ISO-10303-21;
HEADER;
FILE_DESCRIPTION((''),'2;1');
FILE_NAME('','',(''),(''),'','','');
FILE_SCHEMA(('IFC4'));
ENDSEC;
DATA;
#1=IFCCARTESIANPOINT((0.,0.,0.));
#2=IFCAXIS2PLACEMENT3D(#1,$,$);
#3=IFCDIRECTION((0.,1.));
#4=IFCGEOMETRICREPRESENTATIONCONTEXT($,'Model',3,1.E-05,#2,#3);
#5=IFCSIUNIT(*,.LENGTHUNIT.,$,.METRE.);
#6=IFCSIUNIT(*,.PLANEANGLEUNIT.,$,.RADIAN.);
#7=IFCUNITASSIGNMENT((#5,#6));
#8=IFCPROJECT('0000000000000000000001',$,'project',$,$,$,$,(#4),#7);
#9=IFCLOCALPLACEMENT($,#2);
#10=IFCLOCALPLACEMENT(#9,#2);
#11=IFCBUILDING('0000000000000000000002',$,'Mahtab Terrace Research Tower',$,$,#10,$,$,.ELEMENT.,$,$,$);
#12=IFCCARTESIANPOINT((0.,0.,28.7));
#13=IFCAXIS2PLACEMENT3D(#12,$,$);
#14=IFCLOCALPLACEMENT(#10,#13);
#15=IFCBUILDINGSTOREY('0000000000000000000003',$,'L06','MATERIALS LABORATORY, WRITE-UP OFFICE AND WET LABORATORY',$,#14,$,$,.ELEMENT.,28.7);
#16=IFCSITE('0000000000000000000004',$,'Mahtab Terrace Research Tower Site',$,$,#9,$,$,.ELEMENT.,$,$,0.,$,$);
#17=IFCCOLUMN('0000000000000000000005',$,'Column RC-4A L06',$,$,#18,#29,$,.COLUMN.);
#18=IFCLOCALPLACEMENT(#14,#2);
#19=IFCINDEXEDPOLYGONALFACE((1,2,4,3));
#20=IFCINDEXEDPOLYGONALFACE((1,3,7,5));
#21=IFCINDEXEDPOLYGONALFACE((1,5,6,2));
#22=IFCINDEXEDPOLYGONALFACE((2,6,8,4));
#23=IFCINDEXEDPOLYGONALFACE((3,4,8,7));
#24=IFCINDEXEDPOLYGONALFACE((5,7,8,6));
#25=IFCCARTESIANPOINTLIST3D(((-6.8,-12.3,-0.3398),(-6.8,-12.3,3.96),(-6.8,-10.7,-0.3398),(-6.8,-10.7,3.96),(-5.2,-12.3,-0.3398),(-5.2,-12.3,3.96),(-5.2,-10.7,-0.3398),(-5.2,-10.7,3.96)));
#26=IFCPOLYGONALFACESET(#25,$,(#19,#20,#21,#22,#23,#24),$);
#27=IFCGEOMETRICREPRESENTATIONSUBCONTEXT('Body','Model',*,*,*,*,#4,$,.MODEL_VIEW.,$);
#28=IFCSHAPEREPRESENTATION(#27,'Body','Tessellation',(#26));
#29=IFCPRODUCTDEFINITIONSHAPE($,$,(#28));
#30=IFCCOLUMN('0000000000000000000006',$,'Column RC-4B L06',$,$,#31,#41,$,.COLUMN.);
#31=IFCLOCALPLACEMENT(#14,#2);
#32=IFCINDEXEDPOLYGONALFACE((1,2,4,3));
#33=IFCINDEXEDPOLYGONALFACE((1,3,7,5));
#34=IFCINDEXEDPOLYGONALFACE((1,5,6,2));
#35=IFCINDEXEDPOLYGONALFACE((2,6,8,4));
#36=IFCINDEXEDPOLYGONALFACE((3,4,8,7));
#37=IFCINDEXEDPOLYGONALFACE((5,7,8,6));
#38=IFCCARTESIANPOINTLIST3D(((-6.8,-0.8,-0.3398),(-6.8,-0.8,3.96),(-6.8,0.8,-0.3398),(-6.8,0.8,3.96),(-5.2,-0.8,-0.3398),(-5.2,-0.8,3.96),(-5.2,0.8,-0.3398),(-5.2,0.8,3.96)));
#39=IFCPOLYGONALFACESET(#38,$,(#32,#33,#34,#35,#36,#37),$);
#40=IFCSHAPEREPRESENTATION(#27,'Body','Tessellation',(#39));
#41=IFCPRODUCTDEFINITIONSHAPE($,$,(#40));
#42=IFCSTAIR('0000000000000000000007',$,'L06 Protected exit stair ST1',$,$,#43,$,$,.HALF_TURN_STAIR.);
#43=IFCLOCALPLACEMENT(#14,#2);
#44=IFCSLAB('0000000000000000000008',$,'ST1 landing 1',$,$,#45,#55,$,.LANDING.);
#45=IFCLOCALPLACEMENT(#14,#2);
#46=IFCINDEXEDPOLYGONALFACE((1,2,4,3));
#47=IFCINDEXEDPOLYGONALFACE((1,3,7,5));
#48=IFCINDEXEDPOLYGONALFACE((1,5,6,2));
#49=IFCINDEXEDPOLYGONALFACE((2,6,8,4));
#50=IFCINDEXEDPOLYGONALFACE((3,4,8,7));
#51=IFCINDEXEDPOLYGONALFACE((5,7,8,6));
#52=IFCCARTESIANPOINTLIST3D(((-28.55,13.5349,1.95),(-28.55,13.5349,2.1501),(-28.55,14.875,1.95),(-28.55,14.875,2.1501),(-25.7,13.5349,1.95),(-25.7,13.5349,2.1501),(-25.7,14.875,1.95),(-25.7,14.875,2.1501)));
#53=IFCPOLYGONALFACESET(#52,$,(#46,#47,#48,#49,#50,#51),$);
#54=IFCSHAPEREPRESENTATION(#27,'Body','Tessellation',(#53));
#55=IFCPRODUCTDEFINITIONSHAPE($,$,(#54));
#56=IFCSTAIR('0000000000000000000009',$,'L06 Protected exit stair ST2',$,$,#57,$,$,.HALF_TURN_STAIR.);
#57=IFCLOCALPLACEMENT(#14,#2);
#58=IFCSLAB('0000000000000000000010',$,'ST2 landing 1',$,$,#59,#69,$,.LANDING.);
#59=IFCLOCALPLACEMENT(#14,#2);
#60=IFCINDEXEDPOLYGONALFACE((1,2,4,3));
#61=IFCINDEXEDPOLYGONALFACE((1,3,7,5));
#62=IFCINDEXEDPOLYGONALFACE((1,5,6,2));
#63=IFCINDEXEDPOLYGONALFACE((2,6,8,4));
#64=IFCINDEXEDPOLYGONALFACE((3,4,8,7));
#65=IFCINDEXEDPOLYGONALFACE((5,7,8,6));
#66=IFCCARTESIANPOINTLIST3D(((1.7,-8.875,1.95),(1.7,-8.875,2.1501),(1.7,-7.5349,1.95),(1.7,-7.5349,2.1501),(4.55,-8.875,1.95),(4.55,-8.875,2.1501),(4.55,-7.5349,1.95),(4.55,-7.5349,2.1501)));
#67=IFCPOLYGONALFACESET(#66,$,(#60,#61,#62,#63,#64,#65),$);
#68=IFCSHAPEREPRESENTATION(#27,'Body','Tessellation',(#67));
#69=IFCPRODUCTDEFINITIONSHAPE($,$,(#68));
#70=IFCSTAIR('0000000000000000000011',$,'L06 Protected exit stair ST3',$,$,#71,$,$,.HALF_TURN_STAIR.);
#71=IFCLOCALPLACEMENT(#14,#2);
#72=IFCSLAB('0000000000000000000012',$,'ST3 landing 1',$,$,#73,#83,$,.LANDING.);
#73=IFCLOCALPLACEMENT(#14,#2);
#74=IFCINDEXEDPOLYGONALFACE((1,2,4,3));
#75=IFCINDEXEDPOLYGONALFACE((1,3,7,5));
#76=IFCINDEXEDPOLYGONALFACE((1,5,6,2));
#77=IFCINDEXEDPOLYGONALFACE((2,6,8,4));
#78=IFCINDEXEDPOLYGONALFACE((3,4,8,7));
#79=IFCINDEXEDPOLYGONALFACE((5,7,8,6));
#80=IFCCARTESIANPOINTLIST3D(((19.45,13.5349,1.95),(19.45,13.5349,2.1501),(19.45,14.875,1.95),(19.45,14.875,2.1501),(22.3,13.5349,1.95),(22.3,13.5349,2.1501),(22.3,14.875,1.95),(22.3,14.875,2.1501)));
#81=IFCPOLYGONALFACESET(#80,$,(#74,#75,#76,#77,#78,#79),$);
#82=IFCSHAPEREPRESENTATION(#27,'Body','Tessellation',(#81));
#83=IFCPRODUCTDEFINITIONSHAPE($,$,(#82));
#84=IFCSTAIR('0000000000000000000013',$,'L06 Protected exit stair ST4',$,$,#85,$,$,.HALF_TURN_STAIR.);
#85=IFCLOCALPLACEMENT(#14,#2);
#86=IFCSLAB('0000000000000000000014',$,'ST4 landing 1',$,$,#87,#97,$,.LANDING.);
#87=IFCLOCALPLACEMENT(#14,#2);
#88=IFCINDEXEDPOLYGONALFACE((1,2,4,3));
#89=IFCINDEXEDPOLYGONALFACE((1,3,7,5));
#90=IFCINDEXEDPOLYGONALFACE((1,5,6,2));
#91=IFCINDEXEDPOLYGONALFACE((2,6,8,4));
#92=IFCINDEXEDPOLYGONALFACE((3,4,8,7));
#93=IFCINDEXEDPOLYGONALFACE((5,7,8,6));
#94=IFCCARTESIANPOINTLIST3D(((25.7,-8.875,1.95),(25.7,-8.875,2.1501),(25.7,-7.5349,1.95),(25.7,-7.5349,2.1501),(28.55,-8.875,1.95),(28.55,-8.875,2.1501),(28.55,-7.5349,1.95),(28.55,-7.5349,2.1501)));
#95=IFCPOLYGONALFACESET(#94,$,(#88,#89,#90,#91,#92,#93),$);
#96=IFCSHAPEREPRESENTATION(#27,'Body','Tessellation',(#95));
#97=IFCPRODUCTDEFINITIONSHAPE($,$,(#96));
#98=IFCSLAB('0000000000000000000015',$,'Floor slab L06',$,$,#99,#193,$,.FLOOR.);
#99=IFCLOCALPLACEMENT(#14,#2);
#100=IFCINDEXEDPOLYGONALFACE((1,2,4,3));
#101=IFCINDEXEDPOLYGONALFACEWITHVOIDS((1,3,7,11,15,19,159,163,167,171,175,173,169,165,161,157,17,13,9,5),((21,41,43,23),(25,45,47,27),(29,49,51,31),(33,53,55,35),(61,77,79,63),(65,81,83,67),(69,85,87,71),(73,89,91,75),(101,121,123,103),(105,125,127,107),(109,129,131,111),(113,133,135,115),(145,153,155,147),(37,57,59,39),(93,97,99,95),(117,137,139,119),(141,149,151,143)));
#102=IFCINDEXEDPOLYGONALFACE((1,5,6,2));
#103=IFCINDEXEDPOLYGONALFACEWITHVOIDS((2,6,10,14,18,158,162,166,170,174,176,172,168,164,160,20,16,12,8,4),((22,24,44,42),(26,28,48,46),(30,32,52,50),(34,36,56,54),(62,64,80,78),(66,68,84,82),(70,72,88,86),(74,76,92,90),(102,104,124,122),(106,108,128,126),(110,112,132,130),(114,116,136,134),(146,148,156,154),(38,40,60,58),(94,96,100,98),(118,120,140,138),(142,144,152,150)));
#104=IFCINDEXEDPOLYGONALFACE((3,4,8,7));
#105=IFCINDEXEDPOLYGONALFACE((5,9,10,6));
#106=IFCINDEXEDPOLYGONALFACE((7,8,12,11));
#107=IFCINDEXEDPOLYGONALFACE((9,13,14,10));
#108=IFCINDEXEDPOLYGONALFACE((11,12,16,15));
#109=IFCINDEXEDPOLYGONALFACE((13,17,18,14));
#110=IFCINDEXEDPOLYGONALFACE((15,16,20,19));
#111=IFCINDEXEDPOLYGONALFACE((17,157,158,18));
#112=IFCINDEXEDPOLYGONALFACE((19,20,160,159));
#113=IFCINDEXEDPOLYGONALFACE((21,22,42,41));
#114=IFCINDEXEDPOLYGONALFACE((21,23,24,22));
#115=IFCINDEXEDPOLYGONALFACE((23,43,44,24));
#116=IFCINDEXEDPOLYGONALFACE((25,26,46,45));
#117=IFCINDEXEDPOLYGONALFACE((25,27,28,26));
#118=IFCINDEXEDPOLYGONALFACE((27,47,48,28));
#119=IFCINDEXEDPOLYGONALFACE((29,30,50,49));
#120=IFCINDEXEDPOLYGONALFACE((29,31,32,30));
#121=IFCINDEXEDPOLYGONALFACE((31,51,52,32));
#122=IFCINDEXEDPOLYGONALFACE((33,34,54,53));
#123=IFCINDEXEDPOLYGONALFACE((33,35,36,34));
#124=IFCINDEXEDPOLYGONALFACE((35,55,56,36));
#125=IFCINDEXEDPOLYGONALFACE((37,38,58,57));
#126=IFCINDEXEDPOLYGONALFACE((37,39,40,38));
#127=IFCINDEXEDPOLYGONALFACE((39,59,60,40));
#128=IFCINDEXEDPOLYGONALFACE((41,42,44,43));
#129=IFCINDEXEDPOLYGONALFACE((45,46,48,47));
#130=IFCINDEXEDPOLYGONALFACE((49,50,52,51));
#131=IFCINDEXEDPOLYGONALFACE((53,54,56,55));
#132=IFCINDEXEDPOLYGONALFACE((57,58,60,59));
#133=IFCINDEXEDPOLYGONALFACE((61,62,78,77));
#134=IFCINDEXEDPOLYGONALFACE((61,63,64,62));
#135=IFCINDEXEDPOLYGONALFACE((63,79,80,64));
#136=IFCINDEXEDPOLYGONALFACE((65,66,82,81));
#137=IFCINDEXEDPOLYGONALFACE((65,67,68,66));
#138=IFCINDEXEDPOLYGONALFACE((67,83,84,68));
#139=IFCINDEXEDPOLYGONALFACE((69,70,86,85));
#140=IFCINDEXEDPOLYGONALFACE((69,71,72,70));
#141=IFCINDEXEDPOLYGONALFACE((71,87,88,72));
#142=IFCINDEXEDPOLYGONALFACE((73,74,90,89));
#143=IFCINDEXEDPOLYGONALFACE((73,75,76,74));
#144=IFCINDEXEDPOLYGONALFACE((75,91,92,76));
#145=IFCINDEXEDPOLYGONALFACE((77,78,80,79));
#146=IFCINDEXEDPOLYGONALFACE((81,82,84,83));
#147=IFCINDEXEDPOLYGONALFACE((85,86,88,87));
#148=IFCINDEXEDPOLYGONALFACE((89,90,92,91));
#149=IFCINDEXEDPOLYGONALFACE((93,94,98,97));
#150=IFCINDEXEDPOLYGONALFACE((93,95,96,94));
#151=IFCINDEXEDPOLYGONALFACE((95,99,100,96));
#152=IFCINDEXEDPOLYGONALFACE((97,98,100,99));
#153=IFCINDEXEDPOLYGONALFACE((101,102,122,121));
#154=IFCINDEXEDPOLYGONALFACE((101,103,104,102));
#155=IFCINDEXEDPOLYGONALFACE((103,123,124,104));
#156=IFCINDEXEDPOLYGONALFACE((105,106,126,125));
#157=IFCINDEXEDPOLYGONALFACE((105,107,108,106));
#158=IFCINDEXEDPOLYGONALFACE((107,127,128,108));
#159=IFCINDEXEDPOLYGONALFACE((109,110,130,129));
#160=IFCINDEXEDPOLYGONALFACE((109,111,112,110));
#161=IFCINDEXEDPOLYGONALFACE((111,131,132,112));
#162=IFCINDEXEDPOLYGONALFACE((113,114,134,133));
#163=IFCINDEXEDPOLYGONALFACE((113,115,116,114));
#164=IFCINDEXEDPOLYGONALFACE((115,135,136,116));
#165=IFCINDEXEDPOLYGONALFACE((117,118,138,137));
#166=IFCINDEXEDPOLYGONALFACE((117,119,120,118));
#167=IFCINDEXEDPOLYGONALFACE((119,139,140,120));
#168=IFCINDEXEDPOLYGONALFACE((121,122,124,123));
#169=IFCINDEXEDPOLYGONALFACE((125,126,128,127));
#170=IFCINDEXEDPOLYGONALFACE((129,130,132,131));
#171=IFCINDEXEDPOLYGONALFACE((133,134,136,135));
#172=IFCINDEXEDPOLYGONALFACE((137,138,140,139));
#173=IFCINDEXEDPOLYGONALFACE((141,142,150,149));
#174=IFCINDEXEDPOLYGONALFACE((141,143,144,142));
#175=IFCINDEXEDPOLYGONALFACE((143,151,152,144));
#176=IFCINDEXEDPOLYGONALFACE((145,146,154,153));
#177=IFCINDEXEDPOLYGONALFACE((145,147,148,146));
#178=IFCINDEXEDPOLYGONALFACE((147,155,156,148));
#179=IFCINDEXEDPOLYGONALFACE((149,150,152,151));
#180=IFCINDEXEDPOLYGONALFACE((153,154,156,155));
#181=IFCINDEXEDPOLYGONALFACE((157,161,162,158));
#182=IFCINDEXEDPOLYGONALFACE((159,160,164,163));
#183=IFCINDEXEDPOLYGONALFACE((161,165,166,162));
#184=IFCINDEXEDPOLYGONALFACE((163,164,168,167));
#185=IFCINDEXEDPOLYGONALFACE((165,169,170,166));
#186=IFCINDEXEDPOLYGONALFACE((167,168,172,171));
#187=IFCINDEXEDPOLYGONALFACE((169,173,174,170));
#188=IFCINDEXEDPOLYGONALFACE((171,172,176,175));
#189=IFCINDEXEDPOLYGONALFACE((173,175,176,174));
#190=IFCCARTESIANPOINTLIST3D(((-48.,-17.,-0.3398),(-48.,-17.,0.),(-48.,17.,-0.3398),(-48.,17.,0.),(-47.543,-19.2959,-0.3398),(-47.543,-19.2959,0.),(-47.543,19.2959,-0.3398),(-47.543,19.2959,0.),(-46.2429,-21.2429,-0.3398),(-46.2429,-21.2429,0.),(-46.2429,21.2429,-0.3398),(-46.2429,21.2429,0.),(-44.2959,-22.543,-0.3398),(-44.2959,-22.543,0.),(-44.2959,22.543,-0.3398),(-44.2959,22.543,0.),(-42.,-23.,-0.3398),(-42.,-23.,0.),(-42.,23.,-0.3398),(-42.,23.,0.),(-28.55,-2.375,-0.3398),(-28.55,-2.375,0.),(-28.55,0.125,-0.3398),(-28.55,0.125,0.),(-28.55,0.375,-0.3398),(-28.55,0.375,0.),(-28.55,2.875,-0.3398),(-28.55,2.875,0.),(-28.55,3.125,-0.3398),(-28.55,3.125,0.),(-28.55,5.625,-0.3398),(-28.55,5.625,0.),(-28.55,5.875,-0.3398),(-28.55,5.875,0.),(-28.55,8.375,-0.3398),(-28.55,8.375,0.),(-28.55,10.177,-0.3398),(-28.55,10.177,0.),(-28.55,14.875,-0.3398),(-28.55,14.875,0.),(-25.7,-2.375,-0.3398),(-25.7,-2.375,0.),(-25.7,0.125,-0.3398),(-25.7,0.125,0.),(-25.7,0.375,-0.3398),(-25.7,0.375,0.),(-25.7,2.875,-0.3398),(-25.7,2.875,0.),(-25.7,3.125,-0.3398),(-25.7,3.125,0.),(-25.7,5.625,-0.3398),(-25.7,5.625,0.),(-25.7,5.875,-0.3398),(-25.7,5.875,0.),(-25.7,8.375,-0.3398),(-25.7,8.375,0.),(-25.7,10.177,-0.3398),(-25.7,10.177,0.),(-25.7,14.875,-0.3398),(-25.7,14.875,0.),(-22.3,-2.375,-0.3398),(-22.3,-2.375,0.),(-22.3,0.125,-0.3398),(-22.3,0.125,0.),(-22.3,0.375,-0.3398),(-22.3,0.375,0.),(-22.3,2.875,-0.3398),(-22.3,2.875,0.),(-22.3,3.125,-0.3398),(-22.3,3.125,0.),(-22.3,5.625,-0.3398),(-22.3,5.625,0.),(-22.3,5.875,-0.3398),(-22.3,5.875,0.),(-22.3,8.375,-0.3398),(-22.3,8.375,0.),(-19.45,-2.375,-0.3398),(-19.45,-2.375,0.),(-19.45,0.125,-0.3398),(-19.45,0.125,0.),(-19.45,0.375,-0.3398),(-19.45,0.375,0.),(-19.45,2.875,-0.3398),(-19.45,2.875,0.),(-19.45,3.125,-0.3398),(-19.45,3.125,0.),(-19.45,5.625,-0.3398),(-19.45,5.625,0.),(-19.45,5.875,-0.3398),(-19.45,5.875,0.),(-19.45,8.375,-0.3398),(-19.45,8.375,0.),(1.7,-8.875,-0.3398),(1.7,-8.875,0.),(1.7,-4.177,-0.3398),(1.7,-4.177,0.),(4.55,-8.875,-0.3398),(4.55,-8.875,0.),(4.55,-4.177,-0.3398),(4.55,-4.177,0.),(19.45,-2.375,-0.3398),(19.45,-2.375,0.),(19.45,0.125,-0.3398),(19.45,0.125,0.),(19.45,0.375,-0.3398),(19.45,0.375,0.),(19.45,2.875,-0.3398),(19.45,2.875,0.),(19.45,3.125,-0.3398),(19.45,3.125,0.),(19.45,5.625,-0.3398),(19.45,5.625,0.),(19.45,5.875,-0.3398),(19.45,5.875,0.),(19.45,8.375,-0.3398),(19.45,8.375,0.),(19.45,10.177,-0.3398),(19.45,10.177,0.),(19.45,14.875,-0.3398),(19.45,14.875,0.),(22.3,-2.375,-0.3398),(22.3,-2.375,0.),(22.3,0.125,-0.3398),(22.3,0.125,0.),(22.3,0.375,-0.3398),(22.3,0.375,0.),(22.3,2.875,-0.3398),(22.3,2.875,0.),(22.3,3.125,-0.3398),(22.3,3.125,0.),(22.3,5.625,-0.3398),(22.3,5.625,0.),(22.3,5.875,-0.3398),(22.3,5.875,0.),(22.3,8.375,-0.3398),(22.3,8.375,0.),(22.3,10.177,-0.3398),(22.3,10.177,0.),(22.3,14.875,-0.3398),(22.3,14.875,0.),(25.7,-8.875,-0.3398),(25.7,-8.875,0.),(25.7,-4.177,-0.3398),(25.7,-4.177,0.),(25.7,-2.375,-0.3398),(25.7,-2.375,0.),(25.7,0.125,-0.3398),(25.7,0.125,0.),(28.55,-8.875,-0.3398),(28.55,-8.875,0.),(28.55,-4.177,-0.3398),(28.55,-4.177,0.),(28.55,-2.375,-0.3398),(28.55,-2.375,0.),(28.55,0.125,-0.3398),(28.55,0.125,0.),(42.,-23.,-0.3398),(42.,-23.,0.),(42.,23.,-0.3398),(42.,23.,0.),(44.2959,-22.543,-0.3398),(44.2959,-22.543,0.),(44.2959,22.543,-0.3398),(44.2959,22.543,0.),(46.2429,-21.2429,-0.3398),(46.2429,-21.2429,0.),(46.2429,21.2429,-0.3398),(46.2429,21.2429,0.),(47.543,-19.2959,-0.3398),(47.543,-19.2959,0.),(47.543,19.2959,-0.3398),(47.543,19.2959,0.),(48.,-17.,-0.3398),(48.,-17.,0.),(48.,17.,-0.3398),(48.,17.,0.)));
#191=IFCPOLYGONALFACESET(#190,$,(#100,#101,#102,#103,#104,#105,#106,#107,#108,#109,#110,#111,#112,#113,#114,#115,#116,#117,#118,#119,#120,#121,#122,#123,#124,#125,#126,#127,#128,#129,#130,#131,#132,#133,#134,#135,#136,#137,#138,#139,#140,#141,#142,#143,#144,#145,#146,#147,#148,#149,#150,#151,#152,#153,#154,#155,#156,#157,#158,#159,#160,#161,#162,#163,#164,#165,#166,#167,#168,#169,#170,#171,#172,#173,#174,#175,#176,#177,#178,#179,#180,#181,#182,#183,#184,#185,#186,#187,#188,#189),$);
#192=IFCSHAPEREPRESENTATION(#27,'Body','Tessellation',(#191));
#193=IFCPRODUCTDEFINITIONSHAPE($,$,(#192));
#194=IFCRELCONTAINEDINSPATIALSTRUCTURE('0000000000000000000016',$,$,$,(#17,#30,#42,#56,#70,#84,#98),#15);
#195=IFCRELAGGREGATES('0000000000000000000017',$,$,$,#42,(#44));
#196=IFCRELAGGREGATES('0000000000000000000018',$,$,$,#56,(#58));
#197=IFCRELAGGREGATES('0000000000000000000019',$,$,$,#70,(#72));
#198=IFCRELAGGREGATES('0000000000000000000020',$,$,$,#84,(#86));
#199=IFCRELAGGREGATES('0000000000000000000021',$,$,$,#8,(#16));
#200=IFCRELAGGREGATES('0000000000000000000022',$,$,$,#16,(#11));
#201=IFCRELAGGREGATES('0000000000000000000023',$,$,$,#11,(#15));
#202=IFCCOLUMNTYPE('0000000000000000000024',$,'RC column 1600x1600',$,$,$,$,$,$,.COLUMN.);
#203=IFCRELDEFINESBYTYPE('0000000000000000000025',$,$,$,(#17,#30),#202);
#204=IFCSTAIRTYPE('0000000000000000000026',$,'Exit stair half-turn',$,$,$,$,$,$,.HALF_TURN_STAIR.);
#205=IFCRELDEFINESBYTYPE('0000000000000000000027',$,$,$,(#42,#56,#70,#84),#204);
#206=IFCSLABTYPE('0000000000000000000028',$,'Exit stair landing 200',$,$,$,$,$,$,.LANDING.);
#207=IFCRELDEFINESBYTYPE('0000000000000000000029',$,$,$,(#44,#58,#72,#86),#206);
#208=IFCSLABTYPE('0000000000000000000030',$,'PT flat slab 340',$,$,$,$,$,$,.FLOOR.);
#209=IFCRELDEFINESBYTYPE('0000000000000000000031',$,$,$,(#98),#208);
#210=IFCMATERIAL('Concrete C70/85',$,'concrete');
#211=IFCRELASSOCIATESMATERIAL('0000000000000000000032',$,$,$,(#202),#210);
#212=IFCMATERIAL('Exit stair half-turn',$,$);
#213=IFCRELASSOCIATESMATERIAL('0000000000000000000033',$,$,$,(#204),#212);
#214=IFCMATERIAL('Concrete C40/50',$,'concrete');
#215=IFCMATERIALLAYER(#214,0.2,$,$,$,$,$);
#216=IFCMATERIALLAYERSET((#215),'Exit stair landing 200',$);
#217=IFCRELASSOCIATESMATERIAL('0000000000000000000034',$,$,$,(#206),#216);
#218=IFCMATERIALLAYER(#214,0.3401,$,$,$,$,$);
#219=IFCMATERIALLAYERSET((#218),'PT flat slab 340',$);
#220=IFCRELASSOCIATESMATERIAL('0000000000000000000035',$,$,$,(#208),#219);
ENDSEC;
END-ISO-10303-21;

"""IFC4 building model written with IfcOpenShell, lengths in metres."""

from ifc_helpers import new_model, si_unit, direction, frame, origin, origin_2d, place, context, subcontext, project, spatial, polyline, rectangle, outline, extrude, material, layer, layer_set, material_profile, profile_set, type_object, element, aggregate, save


model = new_model("IFC4")

# Units and contexts
model_context = context("Model", 3, precision=1e-05, world=origin(), true_north=direction((0.0, 1.0)))
body_context = subcontext(model_context, "Body", "Model", "MODEL_VIEW")
ifc_project = project(units=[si_unit("LENGTHUNIT", "METRE"), si_unit("PLANEANGLEUNIT", "RADIAN")], contexts=[model_context])

# Site, building, storey
site_placement = place(None, origin())
site = spatial("IfcSite", under=ifc_project, at=site_placement, Name="Mahtab Terrace Research Tower Site", CompositionType="ELEMENT", RefElevation=0.0)
building_placement = place(site_placement, origin())
building = spatial("IfcBuilding", under=site, at=building_placement, Name="Mahtab Terrace Research Tower", CompositionType="ELEMENT")
storey_placement = place(building_placement, frame((0.0, 0.0, 28.7)))
storey = spatial("IfcBuildingStorey", under=building, at=storey_placement, Name="L06", Description="MATERIALS LABORATORY, WRITE-UP OFFICE AND WET LABORATORY", CompositionType="ELEMENT", Elevation=28.7)

# Columns
ifc_material_1 = material(Name="Concrete C70/85", Category="concrete")
ifc_material_profile = material_profile(ifc_material_1, rectangle(XDim=1.6001, YDim=1.6001, at=origin_2d()), Name="RC column 1600x1600")
ifc_profile_set = profile_set([ifc_material_profile], Name="Concrete C70/85")
column_type = type_object("IfcColumnType", Name="RC column 1600x1600", PredefinedType="COLUMN", material=ifc_profile_set)
for number, where, z_axis, x_axis, name in (
    (1, (-6.0, -11.5, -0.3398), (0.0, 0.0, 1.0), (1.0, 0.0, 0.0), "Column RC-4A L06"),
    (2, (-6.0, 0.0, -0.3398), (0.0, 0.0, 1.0), (1.0, 0.0, 0.0), "Column RC-4B L06"),
):
    element("IfcColumn", number, at=place(storey_placement, frame(where, z_axis=z_axis, x_axis=x_axis)), inside=storey, type_object=column_type, Name=name, PredefinedType="COLUMN", context=body_context, shape_type="SweptSolid", body=[
        extrude(rectangle(XDim=1.6001, YDim=1.6001, at=origin_2d()), origin(), (0.0, 0.0, 1.0), 4.2998),
    ])

# Stairs, slabs
ifc_material_2 = material(Name="Exit stair half-turn")
stair_type = type_object("IfcStairType", Name="Exit stair half-turn", PredefinedType="HALF_TURN_STAIR", material=ifc_material_2)
stair_1_placement = place(storey_placement, origin())
stair_1 = element("IfcStair", 3, at=stair_1_placement, inside=storey, type_object=stair_type, Name="L06 Protected exit stair ST1", PredefinedType="HALF_TURN_STAIR")
ifc_material_3 = material(Name="Concrete C40/50", Category="concrete")
ifc_layer_1 = layer(ifc_material_3, 0.2)
ifc_layer_set_1 = layer_set([ifc_layer_1], Name="Exit stair landing 200")
slab_type_1 = type_object("IfcSlabType", Name="Exit stair landing 200", PredefinedType="LANDING", material=ifc_layer_set_1)
slab_1_placement = place(storey_placement, frame((0.0, 0.0, 1.95)))
slab_1 = element("IfcSlab", 4, at=slab_1_placement, type_object=slab_type_1, Name="ST1 landing 1", PredefinedType="LANDING", context=body_context, shape_type="SweptSolid", body=[
    extrude(outline(polyline([(-25.7, 13.5349), (-25.7, 14.875), (-28.55, 14.875), (-28.55, 13.5349), (-25.7, 13.5349)])), origin(), (0.0, 0.0, 1.0), 0.2002),
])
aggregate(stair_1, [slab_1])
stair_2_placement = place(storey_placement, origin())
stair_2 = element("IfcStair", 5, at=stair_2_placement, inside=storey, type_object=stair_type, Name="L06 Protected exit stair ST2", PredefinedType="HALF_TURN_STAIR")
slab_2_placement = place(storey_placement, frame((0.0, 0.0, 1.95)))
slab_2 = element("IfcSlab", 6, at=slab_2_placement, type_object=slab_type_1, Name="ST2 landing 1", PredefinedType="LANDING", context=body_context, shape_type="SweptSolid", body=[
    extrude(outline(polyline([(1.7, -7.5349), (1.7, -8.875), (4.55, -8.875), (4.55, -7.5349), (1.7, -7.5349)])), origin(), (0.0, 0.0, 1.0), 0.2002),
])
aggregate(stair_2, [slab_2])
stair_3_placement = place(storey_placement, origin())
stair_3 = element("IfcStair", 7, at=stair_3_placement, inside=storey, type_object=stair_type, Name="L06 Protected exit stair ST3", PredefinedType="HALF_TURN_STAIR")
slab_3_placement = place(storey_placement, frame((0.0, 0.0, 1.95)))
slab_3 = element("IfcSlab", 8, at=slab_3_placement, type_object=slab_type_1, Name="ST3 landing 1", PredefinedType="LANDING", context=body_context, shape_type="SweptSolid", body=[
    extrude(outline(polyline([(22.3, 13.5349), (22.3, 14.875), (19.45, 14.875), (19.45, 13.5349), (22.3, 13.5349)])), origin(), (0.0, 0.0, 1.0), 0.2002),
])
aggregate(stair_3, [slab_3])
stair_4_placement = place(storey_placement, origin())
stair_4 = element("IfcStair", 9, at=stair_4_placement, inside=storey, type_object=stair_type, Name="L06 Protected exit stair ST4", PredefinedType="HALF_TURN_STAIR")
slab_4_placement = place(storey_placement, frame((0.0, 0.0, 1.95)))
slab_4 = element("IfcSlab", 10, at=slab_4_placement, type_object=slab_type_1, Name="ST4 landing 1", PredefinedType="LANDING", context=body_context, shape_type="SweptSolid", body=[
    extrude(outline(polyline([(25.7, -7.5349), (25.7, -8.875), (28.55, -8.875), (28.55, -7.5349), (25.7, -7.5349)])), origin(), (0.0, 0.0, 1.0), 0.2002),
])
aggregate(stair_4, [slab_4])

# Slab
ifc_layer_2 = layer(ifc_material_3, 0.3401)
ifc_layer_set_2 = layer_set([ifc_layer_2], Name="PT flat slab 340")
slab_type_2 = type_object("IfcSlabType", Name="PT flat slab 340", PredefinedType="FLOOR", material=ifc_layer_set_2)
slab_5_placement = place(storey_placement, frame((0.0, 0.0, -0.3398)))
element("IfcSlab", 11, at=slab_5_placement, inside=storey, type_object=slab_type_2, Name="Floor slab L06", PredefinedType="FLOOR", context=body_context, shape_type="SweptSolid", body=[
    extrude(outline(polyline([(47.543, 19.2959), (46.2429, 21.2429), (44.2959, 22.543), (42.0, 23.0), (-42.0, 23.0), (-44.2959, 22.543), (-46.2429, 21.2429), (-47.543, 19.2959), (-48.0, 17.0), (-48.0, -17.0), (-47.543, -19.2959), (-46.2429, -21.2429), (-44.2959, -22.543), (-42.0, -23.0), (42.0, -23.0), (44.2959, -22.543), (46.2429, -21.2429), (47.543, -19.2959), (48.0, -17.0), (48.0, 17.0), (47.543, 19.2959)]), holes=[polyline([(-28.55, -2.375), (-28.55, 0.125), (-25.7, 0.125), (-25.7, -2.375), (-28.55, -2.375)]), polyline([(-22.3, -2.375), (-22.3, 0.125), (-19.45, 0.125), (-19.45, -2.375), (-22.3, -2.375)]), polyline([(-28.55, 0.375), (-28.55, 2.875), (-25.7, 2.875), (-25.7, 0.375), (-28.55, 0.375)]), polyline([(-22.3, 0.375), (-22.3, 2.875), (-19.45, 2.875), (-19.45, 0.375), (-22.3, 0.375)]), polyline([(-28.55, 3.125), (-28.55, 5.625), (-25.7, 5.625), (-25.7, 3.125), (-28.55, 3.125)]), polyline([(-22.3, 3.125), (-22.3, 5.625), (-19.45, 5.625), (-19.45, 3.125), (-22.3, 3.125)]), polyline([(-28.55, 5.875), (-28.55, 8.375), (-25.7, 8.375), (-25.7, 5.875), (-28.55, 5.875)]), polyline([(-22.3, 5.875), (-22.3, 8.375), (-19.45, 8.375), (-19.45, 5.875), (-22.3, 5.875)]), polyline([(-28.55, 10.177), (-28.55, 14.875), (-25.7, 14.875), (-25.7, 10.177), (-28.55, 10.177)]), polyline([(1.7, -8.875), (1.7, -4.177), (4.55, -4.177), (4.55, -8.875), (1.7, -8.875)]), polyline([(25.7, -8.875), (25.7, -4.177), (28.55, -4.177), (28.55, -8.875), (25.7, -8.875)]), polyline([(19.45, -2.375), (19.45, 0.125), (22.3, 0.125), (22.3, -2.375), (19.45, -2.375)]), polyline([(25.7, -2.375), (25.7, 0.125), (28.55, 0.125), (28.55, -2.375), (25.7, -2.375)]), polyline([(19.45, 0.375), (19.45, 2.875), (22.3, 2.875), (22.3, 0.375), (19.45, 0.375)]), polyline([(19.45, 3.125), (19.45, 5.625), (22.3, 5.625), (22.3, 3.125), (19.45, 3.125)]), polyline([(19.45, 8.375), (22.3, 8.375), (22.3, 5.875), (19.45, 5.875), (19.45, 8.375)]), polyline([(19.45, 14.875), (22.3, 14.875), (22.3, 10.177), (19.45, 10.177), (19.45, 14.875)])]), origin(), (0.0, 0.0, 1.0), 0.3398),
])

save(model, "model.ifc")
